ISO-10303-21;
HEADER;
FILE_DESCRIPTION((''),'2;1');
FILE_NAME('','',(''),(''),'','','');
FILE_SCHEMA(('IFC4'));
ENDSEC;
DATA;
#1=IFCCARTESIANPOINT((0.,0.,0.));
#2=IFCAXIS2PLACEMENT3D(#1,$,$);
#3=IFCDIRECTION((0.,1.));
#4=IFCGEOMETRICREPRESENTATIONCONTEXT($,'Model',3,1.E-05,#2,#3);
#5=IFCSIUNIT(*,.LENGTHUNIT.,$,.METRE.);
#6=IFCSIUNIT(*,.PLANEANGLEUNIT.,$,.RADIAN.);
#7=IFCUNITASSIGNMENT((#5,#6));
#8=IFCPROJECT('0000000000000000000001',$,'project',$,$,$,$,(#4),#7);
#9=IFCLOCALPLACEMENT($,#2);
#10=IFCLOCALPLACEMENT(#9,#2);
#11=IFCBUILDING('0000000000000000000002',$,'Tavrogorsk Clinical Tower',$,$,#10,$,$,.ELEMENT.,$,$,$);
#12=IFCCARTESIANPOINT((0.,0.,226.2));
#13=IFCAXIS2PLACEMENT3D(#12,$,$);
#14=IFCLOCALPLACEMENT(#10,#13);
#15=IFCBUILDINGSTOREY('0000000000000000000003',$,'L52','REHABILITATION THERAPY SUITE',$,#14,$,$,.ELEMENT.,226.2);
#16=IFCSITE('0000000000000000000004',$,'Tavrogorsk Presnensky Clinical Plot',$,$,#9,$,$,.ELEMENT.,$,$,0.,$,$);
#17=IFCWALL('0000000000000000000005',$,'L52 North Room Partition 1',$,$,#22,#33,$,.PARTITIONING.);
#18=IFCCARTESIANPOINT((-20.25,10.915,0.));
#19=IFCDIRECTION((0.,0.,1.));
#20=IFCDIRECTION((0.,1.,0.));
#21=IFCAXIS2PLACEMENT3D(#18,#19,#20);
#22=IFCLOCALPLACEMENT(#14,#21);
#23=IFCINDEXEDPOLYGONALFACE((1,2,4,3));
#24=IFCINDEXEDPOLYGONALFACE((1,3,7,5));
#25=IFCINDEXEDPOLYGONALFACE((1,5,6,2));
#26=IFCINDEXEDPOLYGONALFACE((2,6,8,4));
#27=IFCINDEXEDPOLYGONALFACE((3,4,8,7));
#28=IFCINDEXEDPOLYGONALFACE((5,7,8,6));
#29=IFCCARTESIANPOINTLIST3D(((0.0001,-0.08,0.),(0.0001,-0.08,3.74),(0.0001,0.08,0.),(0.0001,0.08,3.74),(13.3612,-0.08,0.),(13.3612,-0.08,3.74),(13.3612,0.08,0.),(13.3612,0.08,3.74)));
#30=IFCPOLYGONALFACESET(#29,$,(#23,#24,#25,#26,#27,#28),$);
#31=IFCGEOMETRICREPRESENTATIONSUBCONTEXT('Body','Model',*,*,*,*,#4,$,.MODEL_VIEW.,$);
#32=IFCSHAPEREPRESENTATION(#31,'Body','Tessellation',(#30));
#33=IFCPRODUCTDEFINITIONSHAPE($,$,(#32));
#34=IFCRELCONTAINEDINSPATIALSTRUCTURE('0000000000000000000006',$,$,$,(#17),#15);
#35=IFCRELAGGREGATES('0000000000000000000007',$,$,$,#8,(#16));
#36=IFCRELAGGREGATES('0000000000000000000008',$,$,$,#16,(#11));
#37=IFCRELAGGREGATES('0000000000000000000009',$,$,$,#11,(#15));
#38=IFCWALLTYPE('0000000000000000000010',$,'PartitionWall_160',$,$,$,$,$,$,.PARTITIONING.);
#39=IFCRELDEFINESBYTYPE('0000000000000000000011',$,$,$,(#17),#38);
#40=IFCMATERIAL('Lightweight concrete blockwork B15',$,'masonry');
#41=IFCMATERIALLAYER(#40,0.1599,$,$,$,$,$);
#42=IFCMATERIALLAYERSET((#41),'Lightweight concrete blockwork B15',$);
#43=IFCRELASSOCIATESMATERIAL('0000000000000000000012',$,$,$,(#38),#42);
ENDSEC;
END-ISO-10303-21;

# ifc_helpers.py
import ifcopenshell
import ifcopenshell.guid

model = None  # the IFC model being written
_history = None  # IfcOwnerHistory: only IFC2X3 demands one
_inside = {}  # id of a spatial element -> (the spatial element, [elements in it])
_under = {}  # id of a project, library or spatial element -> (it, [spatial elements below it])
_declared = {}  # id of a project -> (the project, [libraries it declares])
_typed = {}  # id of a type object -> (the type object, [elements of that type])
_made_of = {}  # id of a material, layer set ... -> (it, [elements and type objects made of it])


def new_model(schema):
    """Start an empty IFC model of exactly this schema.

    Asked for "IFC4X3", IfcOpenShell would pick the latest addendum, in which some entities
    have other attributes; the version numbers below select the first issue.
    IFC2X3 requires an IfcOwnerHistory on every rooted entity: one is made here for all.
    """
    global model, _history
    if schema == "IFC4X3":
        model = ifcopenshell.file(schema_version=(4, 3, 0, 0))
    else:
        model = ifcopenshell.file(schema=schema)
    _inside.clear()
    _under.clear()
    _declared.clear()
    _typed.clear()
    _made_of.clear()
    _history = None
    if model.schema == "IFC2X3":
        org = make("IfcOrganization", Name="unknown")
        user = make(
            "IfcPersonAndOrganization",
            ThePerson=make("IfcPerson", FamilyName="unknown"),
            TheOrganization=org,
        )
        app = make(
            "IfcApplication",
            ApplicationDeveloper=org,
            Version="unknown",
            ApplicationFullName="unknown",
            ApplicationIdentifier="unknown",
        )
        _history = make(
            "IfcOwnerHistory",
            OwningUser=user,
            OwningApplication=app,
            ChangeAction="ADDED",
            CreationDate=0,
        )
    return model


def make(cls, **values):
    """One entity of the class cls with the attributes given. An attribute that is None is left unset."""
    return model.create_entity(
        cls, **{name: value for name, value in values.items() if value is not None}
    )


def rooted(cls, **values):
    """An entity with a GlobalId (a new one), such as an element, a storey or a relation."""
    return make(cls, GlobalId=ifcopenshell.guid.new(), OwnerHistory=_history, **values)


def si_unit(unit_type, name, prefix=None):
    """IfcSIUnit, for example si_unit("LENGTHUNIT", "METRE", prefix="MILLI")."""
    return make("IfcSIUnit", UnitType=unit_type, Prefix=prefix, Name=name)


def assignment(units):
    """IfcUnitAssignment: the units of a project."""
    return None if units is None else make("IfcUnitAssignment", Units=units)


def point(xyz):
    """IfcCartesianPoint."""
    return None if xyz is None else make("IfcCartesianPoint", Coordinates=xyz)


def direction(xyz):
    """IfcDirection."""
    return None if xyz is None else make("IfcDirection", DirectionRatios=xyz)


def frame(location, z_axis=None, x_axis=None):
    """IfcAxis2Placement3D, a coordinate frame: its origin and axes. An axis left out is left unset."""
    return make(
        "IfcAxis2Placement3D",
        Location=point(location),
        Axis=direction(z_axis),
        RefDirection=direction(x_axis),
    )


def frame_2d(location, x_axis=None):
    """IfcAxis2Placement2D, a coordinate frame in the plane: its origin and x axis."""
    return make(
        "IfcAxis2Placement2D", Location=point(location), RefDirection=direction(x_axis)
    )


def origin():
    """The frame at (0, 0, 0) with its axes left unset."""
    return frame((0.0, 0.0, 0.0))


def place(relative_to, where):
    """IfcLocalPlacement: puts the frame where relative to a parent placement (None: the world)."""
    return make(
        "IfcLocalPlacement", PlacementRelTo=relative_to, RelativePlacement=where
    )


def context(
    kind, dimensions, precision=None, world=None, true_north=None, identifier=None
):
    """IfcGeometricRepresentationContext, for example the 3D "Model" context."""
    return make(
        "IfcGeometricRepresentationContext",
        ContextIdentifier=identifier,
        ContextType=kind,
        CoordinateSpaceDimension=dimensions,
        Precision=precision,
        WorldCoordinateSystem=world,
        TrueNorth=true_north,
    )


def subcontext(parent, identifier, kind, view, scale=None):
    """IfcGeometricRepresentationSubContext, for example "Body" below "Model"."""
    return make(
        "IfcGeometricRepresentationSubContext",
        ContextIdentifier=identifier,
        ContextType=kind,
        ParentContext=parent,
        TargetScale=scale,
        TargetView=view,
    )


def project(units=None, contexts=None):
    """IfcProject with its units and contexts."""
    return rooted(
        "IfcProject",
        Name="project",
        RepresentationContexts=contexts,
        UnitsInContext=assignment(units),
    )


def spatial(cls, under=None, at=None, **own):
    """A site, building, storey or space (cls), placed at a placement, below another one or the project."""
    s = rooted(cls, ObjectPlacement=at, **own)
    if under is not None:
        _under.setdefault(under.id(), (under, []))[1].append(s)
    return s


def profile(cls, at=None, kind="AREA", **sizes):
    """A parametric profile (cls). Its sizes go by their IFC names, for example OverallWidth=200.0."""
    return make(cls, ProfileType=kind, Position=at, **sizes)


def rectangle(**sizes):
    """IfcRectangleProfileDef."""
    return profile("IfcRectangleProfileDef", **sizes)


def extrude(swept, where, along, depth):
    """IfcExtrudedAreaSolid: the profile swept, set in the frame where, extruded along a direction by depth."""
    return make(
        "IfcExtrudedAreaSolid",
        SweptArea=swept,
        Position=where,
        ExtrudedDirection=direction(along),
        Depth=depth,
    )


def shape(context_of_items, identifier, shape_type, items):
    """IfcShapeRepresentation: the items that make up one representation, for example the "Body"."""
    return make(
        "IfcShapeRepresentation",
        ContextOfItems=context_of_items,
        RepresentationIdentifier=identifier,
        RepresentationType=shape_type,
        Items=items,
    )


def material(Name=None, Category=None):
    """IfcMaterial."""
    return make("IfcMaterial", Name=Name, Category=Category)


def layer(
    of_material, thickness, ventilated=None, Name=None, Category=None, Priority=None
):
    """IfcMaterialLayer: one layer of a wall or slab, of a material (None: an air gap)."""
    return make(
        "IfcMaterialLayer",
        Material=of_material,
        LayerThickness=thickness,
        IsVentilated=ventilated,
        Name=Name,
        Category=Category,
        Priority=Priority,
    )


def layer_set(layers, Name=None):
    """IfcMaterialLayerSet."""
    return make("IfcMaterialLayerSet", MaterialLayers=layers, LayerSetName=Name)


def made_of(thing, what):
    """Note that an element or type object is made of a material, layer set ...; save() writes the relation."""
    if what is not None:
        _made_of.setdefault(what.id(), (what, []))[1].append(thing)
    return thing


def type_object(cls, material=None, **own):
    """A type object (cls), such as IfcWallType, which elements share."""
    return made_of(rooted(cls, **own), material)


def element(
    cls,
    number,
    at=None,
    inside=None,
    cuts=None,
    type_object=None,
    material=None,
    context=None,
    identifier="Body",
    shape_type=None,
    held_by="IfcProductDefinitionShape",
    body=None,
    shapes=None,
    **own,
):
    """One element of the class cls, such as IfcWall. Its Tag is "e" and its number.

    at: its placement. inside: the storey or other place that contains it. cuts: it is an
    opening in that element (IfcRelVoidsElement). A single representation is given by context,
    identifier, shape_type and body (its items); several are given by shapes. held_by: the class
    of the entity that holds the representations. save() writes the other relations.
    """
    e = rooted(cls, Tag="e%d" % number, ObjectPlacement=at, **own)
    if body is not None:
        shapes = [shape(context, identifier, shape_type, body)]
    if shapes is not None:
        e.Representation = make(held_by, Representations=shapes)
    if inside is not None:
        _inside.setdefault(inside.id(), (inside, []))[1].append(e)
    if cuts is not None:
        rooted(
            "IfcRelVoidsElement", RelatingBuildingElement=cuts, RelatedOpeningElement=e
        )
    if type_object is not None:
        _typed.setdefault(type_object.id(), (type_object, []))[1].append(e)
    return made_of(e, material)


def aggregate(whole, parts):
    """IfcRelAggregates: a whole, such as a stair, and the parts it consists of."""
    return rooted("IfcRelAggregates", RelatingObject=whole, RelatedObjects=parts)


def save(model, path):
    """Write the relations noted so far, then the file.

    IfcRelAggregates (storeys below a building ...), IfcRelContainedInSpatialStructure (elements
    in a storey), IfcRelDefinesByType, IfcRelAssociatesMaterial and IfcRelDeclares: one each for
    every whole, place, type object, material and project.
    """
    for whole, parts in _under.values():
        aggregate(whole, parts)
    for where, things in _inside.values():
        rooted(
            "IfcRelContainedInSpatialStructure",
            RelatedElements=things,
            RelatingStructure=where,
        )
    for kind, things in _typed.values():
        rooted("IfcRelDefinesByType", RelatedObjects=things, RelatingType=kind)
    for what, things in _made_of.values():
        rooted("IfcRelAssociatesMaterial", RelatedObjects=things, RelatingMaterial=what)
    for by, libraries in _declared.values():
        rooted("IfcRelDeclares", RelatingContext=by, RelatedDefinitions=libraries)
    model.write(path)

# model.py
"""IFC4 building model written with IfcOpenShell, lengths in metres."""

from ifc_helpers import new_model, si_unit, direction, frame, frame_2d, origin, place, context, subcontext, project, spatial, rectangle, extrude, material, layer, layer_set, type_object, element, save


model = new_model("IFC4")

# Units and contexts
model_context = context("Model", 3, precision=1e-05, world=origin(), true_north=direction((0.0, 1.0)))
body_context = subcontext(model_context, "Body", "Model", "MODEL_VIEW")
ifc_project = project(units=[si_unit("LENGTHUNIT", "METRE"), si_unit("PLANEANGLEUNIT", "RADIAN")], contexts=[model_context])

# Site, building, storey
site_placement = place(None, origin())
site = spatial("IfcSite", under=ifc_project, at=site_placement, Name="Tavrogorsk Presnensky Clinical Plot", CompositionType="ELEMENT", RefElevation=0.0)
building_placement = place(site_placement, origin())
building = spatial("IfcBuilding", under=site, at=building_placement, Name="Tavrogorsk Clinical Tower", CompositionType="ELEMENT")
storey_placement = place(building_placement, frame((0.0, 0.0, 226.2)))
storey = spatial("IfcBuildingStorey", under=building, at=storey_placement, Name="L52", Description="REHABILITATION THERAPY SUITE", CompositionType="ELEMENT", Elevation=226.2)

# Shared definitions
ifc_material_1 = material(Name="Lightweight concrete blockwork B15", Category="masonry")
ifc_layer_1 = layer(ifc_material_1, 0.1599)
ifc_layer_set_1 = layer_set([ifc_layer_1], Name="Lightweight concrete blockwork B15")
wall_type_1 = type_object("IfcWallType", Name="PartitionWall_160", PredefinedType="PARTITIONING", material=ifc_layer_set_1)

# Wall
wall_1_placement = place(storey_placement, frame((-20.25, 10.915, 0.0), z_axis=(0.0, 0.0, 1.0), x_axis=(0.0, 1.0, 0.0)))
element("IfcWall", 1, at=wall_1_placement, inside=storey, type_object=wall_type_1, Name="L52 North Room Partition 1", PredefinedType="PARTITIONING", context=body_context, shape_type="SweptSolid", body=[
    extrude(rectangle(XDim=13.3611, YDim=0.1599, at=frame_2d((6.6807, 0.0))), origin(), (0.0, 0.0, 1.0), 3.74),
])

save(model, "model.ifc")
